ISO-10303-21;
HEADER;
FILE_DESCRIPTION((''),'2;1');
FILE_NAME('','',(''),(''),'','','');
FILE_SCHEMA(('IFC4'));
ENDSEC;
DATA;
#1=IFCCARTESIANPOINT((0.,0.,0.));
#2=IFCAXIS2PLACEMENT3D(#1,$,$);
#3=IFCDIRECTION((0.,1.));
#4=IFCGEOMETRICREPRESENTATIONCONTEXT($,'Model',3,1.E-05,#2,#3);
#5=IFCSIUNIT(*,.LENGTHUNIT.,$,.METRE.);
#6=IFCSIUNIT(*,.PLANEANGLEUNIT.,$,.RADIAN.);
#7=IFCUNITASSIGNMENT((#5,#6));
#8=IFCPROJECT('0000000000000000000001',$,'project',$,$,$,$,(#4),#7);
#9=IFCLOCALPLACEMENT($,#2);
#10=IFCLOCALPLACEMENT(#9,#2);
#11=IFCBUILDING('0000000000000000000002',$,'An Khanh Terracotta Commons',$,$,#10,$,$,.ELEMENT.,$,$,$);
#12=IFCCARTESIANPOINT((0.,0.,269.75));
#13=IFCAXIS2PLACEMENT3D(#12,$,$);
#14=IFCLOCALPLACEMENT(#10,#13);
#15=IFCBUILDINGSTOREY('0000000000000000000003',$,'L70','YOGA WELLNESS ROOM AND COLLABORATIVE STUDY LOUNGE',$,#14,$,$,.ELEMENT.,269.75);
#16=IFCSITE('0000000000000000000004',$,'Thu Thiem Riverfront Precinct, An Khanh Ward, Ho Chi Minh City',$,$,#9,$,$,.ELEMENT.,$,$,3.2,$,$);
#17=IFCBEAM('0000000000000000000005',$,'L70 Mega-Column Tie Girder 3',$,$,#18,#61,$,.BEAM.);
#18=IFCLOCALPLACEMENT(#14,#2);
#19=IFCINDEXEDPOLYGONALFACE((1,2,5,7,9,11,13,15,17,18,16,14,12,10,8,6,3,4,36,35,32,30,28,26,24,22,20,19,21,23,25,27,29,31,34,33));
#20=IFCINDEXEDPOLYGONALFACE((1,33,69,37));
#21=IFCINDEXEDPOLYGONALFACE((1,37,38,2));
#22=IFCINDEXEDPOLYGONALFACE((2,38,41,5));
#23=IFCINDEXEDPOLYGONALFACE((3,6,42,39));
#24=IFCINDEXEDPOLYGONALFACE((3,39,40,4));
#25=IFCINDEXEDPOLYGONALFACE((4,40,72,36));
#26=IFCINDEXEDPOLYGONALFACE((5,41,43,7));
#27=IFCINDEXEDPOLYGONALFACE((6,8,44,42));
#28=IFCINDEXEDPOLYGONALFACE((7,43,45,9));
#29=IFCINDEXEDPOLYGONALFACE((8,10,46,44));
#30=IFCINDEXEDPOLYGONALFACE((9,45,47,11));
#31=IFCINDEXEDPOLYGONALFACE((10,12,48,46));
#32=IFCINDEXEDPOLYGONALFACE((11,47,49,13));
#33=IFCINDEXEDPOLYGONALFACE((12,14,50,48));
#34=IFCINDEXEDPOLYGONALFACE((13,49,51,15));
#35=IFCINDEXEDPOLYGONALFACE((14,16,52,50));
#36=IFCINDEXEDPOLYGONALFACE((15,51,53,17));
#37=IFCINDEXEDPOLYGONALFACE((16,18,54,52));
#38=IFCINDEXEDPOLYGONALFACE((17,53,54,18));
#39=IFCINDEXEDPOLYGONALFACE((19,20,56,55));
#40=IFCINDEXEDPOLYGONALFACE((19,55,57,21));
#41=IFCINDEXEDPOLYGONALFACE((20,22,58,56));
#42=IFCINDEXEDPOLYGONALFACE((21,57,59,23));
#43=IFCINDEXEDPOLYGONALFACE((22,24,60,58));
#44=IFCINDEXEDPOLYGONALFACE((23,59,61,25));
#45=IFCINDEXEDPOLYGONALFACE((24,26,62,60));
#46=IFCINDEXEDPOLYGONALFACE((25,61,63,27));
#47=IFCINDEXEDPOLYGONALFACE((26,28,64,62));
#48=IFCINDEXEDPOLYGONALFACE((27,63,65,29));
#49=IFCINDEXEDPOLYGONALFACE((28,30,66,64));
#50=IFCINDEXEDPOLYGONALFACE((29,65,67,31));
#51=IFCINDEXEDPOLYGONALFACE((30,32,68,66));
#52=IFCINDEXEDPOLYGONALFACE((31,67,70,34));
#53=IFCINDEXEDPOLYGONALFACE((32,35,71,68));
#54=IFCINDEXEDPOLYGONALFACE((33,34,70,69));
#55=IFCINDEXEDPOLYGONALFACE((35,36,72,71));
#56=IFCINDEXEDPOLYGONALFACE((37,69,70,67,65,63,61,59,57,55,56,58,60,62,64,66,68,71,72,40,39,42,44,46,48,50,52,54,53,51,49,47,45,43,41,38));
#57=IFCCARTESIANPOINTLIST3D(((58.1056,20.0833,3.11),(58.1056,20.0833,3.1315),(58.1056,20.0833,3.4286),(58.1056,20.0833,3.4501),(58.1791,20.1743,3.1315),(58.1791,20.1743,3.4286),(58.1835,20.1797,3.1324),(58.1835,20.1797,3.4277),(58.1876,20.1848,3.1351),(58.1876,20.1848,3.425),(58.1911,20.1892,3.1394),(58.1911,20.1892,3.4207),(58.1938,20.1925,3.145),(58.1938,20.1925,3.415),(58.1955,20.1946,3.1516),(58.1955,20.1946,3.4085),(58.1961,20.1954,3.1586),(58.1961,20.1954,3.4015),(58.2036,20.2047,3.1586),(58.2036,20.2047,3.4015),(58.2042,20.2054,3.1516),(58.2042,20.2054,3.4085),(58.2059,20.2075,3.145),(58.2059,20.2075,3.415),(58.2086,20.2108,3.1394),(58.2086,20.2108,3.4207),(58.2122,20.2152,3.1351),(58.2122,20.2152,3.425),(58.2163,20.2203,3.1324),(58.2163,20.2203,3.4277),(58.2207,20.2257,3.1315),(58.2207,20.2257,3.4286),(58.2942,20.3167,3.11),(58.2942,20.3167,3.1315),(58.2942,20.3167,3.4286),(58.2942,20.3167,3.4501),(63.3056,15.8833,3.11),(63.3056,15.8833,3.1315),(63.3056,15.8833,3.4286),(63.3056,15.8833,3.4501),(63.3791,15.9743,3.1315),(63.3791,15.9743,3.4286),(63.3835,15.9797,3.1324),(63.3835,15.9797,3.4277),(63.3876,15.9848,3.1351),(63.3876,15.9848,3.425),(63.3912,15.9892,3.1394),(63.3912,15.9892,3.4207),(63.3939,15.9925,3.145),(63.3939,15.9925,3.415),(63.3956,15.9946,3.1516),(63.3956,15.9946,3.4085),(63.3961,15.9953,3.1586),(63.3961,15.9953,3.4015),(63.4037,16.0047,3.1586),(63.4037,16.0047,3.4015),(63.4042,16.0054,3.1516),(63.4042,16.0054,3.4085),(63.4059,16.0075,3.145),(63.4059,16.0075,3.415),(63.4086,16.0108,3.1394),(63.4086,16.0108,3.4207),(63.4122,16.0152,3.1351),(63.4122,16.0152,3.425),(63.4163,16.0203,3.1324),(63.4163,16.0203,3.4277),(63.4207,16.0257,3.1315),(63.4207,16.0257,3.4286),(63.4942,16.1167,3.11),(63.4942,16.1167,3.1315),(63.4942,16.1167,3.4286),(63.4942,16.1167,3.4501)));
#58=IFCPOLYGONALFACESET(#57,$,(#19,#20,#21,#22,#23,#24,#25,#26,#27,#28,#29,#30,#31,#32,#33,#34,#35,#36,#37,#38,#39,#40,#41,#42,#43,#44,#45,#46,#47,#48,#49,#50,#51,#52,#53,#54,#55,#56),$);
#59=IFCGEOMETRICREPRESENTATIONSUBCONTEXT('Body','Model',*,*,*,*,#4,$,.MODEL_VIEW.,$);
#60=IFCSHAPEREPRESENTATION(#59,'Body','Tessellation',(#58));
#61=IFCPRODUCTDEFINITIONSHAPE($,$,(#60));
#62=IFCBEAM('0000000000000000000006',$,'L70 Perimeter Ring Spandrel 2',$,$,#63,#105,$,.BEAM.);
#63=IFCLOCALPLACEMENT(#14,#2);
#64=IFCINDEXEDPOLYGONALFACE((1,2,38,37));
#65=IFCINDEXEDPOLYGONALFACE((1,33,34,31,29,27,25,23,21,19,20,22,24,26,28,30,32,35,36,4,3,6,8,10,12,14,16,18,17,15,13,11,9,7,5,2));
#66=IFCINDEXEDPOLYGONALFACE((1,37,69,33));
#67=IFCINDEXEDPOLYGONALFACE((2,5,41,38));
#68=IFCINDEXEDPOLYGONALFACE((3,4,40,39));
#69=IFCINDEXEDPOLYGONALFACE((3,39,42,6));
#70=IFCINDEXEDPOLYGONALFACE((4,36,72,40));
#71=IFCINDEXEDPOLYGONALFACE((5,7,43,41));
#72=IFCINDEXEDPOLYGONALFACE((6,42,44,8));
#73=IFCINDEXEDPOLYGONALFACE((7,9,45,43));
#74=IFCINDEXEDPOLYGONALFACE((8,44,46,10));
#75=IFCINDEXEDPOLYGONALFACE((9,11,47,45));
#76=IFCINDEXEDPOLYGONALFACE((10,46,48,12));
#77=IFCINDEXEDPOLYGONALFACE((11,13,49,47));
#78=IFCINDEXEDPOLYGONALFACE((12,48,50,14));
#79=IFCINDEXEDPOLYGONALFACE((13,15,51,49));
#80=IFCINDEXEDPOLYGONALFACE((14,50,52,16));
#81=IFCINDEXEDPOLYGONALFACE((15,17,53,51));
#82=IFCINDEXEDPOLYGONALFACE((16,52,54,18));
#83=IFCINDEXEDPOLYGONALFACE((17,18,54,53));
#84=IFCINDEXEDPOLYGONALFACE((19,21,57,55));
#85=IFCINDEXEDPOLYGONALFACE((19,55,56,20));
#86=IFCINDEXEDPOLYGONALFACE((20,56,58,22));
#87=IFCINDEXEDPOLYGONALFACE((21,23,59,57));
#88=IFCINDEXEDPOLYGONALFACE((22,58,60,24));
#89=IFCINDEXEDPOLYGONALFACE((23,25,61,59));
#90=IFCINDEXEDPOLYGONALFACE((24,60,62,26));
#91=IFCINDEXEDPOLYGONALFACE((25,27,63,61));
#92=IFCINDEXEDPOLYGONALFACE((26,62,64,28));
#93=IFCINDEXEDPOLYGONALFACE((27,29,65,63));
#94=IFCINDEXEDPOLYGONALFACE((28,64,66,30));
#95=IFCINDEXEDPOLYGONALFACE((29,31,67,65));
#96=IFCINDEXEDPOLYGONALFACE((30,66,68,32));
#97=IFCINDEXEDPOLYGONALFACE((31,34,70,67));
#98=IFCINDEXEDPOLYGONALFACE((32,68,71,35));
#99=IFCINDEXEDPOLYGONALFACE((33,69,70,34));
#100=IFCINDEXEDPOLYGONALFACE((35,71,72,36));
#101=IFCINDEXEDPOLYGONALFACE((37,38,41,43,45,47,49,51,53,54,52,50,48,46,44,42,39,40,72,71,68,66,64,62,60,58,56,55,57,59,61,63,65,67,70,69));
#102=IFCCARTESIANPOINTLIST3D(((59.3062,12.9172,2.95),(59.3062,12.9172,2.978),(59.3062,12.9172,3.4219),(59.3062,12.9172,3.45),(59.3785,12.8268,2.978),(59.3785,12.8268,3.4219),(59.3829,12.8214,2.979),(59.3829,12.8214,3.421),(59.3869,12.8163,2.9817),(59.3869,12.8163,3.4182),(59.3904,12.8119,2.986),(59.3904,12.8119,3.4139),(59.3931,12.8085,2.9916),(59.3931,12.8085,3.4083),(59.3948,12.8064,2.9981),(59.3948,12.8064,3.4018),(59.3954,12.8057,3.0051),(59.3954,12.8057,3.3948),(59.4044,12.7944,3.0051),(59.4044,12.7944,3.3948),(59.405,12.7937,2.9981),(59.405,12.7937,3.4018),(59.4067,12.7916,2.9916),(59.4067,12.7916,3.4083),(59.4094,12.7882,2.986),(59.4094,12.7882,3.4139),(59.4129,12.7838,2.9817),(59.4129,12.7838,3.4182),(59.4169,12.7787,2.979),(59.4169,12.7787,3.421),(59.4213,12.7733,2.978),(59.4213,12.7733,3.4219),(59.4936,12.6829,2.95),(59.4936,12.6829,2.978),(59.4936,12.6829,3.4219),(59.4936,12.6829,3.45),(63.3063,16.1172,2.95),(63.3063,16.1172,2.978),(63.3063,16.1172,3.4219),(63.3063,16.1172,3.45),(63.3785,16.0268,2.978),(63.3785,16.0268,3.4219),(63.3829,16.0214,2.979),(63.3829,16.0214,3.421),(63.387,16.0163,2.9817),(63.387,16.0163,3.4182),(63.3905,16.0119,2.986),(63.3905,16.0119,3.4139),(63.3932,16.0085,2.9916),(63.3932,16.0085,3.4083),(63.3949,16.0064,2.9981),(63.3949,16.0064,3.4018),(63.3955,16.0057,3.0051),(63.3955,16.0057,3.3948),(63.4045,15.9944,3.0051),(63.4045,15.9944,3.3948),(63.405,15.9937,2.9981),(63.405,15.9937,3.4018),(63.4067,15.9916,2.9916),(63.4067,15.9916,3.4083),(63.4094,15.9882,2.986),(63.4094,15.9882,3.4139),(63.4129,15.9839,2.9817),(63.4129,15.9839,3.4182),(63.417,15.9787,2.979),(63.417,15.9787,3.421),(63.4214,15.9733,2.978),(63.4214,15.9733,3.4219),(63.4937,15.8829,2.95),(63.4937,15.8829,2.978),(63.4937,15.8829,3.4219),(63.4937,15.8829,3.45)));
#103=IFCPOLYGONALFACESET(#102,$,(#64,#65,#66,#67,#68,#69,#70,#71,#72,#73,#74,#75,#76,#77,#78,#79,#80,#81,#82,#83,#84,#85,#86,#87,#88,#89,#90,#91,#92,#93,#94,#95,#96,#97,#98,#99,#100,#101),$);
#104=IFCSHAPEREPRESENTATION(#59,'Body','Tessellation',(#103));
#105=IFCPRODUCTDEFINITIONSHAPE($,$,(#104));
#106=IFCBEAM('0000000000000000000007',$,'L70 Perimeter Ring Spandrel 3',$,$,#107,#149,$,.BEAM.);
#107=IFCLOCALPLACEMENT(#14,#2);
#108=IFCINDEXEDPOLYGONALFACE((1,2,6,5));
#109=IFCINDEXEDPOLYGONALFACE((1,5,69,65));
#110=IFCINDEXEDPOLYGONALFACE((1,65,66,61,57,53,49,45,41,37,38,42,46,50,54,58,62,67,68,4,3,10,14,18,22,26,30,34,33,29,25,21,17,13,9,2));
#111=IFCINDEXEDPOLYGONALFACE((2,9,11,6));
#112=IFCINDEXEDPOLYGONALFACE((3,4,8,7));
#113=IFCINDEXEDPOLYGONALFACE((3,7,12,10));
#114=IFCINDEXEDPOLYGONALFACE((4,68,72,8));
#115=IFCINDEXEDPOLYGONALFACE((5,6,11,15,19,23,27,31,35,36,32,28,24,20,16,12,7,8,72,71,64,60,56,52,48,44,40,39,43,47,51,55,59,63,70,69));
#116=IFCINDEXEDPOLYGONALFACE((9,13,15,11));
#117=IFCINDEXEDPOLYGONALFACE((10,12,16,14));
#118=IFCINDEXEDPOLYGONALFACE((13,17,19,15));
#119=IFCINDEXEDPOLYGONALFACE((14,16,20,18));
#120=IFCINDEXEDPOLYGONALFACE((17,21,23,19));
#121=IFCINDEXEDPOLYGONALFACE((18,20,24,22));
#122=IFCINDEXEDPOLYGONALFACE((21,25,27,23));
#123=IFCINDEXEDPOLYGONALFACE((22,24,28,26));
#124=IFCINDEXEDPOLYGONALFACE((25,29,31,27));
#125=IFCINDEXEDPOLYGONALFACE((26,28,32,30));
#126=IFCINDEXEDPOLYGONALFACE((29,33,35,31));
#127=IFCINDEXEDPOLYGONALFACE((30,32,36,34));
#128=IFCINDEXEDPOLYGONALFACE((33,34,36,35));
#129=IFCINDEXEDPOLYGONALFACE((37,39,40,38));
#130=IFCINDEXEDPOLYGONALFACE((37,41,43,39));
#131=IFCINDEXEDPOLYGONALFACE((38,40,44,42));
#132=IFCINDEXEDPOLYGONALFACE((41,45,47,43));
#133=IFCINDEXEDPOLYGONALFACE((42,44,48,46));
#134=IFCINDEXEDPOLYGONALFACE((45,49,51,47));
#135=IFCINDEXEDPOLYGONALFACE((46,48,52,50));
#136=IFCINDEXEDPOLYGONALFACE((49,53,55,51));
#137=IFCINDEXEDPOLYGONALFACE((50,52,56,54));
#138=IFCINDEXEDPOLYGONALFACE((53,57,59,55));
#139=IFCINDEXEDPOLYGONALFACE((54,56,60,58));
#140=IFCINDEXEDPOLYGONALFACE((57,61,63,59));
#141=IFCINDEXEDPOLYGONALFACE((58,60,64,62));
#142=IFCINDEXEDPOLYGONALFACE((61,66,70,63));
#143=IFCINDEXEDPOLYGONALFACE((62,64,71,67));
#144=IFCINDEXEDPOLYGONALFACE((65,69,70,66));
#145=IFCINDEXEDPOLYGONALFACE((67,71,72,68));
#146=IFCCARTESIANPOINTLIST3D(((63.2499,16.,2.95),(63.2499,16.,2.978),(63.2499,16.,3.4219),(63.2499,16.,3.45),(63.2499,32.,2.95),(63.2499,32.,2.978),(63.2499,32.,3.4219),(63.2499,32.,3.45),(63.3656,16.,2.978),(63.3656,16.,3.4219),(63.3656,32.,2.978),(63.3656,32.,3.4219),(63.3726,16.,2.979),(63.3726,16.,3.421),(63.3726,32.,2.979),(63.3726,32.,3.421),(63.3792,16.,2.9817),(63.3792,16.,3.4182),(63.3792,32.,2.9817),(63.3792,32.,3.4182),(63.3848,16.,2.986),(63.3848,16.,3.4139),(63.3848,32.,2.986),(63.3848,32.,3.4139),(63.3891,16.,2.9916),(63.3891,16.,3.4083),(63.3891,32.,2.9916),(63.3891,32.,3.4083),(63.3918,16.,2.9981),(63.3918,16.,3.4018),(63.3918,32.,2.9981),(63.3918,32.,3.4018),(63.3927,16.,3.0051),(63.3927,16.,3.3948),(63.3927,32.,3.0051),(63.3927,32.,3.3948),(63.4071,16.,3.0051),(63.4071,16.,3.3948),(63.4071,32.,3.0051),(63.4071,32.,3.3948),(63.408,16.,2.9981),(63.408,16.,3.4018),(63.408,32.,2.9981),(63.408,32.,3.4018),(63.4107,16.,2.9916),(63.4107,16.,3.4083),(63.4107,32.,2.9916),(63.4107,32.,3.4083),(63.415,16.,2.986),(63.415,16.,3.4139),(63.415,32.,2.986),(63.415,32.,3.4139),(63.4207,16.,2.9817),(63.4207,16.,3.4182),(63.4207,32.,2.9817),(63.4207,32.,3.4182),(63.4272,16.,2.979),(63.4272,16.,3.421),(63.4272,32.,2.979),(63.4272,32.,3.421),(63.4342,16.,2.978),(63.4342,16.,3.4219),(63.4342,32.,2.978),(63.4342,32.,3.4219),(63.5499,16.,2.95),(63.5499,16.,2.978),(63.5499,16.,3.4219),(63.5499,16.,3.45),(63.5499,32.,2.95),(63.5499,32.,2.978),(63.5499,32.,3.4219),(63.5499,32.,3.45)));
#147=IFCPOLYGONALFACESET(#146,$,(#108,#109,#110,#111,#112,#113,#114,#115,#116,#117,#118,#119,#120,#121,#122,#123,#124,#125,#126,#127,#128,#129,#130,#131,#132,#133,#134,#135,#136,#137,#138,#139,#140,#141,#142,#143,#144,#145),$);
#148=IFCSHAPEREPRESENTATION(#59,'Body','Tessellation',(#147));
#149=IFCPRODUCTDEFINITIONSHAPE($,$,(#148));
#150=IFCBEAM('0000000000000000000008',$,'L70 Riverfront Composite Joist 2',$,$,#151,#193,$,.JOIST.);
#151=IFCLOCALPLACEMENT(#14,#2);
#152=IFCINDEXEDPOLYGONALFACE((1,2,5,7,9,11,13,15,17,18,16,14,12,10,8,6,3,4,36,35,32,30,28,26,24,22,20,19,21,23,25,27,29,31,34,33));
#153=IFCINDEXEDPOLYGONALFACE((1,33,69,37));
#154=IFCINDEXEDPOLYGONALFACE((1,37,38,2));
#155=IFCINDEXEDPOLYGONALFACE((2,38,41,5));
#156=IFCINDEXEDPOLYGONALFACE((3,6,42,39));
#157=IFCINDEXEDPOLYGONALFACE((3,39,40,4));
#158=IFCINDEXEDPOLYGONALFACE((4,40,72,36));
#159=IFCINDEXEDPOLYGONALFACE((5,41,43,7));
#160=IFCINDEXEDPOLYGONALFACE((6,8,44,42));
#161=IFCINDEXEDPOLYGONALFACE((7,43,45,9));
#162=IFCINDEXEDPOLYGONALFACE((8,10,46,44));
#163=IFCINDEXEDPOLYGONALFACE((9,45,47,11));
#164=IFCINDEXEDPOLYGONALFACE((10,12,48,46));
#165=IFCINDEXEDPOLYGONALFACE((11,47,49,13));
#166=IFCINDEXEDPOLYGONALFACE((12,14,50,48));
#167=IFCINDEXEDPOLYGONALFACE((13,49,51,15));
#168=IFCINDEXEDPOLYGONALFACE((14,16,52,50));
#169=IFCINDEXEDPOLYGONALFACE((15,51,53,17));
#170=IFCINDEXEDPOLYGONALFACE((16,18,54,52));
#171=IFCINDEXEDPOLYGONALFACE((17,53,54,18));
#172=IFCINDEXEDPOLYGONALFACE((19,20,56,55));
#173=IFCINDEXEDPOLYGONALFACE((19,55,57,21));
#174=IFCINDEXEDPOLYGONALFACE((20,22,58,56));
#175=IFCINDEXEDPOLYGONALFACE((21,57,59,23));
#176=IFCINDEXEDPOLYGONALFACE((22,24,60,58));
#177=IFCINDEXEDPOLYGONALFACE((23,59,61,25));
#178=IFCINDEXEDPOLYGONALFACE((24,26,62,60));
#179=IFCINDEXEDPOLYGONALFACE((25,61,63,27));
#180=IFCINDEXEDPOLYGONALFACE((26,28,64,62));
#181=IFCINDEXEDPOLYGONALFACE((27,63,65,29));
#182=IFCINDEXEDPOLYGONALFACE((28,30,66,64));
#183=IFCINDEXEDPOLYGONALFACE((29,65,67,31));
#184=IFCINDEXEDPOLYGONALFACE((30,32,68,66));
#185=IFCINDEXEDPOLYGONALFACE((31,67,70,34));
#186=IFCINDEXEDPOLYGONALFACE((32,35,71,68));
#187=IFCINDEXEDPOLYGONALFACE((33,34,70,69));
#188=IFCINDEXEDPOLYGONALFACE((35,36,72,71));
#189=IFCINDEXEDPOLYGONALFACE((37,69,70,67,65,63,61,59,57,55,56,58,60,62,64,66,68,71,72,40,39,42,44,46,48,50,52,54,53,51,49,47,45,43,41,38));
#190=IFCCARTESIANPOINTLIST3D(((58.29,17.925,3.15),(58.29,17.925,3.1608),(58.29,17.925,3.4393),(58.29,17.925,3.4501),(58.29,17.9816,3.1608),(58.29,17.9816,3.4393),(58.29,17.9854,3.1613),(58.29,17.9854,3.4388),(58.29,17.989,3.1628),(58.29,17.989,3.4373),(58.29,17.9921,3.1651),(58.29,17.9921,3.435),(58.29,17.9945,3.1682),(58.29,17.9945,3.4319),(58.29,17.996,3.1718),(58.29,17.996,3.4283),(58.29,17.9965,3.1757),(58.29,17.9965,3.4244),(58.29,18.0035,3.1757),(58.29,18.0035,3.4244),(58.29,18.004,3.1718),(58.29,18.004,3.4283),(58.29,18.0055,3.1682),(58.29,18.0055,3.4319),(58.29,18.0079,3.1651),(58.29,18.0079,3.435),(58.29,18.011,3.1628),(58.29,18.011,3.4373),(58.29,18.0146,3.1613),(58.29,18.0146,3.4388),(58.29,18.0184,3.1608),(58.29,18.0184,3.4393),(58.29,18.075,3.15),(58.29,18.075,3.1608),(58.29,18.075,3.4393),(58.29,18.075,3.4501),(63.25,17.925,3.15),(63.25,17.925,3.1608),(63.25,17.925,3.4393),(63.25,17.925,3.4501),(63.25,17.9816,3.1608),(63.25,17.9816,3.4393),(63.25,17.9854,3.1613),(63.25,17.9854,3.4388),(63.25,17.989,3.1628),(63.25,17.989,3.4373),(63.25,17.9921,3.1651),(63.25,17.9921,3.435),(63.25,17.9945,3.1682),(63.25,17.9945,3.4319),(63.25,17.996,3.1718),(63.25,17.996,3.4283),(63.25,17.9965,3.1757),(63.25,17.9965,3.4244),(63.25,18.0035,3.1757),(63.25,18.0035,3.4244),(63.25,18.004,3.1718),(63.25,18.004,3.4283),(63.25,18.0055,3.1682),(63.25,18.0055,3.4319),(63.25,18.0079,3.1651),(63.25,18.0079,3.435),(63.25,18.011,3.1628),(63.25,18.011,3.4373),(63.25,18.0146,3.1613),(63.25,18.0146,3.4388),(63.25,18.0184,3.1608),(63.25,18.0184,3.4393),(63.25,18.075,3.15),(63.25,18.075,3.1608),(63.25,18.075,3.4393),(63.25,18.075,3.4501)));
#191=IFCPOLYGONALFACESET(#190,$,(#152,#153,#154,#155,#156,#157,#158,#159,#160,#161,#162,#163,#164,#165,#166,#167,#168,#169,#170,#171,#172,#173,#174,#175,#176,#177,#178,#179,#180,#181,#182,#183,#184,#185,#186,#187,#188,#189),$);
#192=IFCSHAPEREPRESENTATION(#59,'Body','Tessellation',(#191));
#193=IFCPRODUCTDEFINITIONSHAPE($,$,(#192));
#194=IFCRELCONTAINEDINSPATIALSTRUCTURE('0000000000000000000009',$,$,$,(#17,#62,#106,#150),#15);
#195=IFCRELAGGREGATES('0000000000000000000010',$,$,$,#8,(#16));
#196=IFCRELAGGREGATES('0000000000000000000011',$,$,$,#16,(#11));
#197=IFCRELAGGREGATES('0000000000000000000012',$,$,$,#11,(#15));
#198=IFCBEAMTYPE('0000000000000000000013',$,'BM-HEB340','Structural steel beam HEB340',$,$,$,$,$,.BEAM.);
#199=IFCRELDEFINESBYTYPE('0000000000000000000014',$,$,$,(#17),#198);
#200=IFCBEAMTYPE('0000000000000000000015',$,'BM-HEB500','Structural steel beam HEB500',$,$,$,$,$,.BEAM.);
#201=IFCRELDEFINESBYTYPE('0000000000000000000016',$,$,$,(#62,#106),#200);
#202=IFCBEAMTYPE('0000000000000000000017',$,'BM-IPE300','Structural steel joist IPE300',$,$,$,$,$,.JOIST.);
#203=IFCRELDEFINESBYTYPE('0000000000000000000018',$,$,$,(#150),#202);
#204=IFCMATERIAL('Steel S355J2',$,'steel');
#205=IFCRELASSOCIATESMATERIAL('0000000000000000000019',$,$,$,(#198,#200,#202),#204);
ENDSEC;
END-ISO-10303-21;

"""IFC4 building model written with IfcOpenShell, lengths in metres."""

from ifc_helpers import new_model, si_unit, direction, frame, origin, origin_2d, place, context, subcontext, project, spatial, i_section, extrude, material, material_profile, profile_set, type_object, element, save


model = new_model("IFC4")

# Units and contexts
model_context = context("Model", 3, precision=1e-05, world=origin(), true_north=direction((0.0, 1.0)))
body_context = subcontext(model_context, "Body", "Model", "MODEL_VIEW")
ifc_project = project(units=[si_unit("LENGTHUNIT", "METRE"), si_unit("PLANEANGLEUNIT", "RADIAN")], contexts=[model_context])

# Site, building, storey
site_placement = place(None, origin())
site = spatial("IfcSite", under=ifc_project, at=site_placement, Name="Thu Thiem Riverfront Precinct, An Khanh Ward, Ho Chi Minh City", CompositionType="ELEMENT", RefElevation=3.2)
building_placement = place(site_placement, origin())
building = spatial("IfcBuilding", under=site, at=building_placement, Name="An Khanh Terracotta Commons", CompositionType="ELEMENT")
storey_placement = place(building_placement, frame((0.0, 0.0, 269.75)))
storey = spatial("IfcBuildingStorey", under=building, at=storey_placement, Name="L70", Description="YOGA WELLNESS ROOM AND COLLABORATIVE STUDY LOUNGE", CompositionType="ELEMENT", Elevation=269.75)

# Beams
ifc_material_1 = material(Name="Steel S355J2", Category="steel")
ifc_material_profile_1 = material_profile(ifc_material_1, i_section(OverallWidth=0.3, OverallDepth=0.3401, WebThickness=0.012, FlangeThickness=0.0215, FilletRadius=0.0271, at=origin_2d()), Name="HEB340")
ifc_profile_set_1 = profile_set([ifc_material_profile_1], Name="Steel S355J2")
beam_type_1 = type_object("IfcBeamType", Name="BM-HEB340", Description="Structural steel beam HEB340", PredefinedType="BEAM", material=ifc_profile_set_1)
beam_1_placement = place(storey_placement, frame((63.3999, 16.0, 3.28), z_axis=(-0.777942, 0.628336, 0.0), x_axis=(-0.628336, -0.777942, 0.0)))
element("IfcBeam", 1, at=beam_1_placement, inside=storey, type_object=beam_type_1, Name="L70 Mega-Column Tie Girder 3", PredefinedType="BEAM", context=body_context, shape_type="SweptSolid", body=[
    extrude(i_section(OverallWidth=0.3, OverallDepth=0.3401, WebThickness=0.012, FlangeThickness=0.0215, FilletRadius=0.0271, at=origin_2d()), origin(), (0.0, 0.0, 1.0), 6.6843),
])
ifc_material_profile_2 = material_profile(ifc_material_1, i_section(OverallWidth=0.3, OverallDepth=0.5, WebThickness=0.0144, FlangeThickness=0.0281, FilletRadius=0.0271, at=origin_2d()), Name="HEB500")
ifc_profile_set_2 = profile_set([ifc_material_profile_2], Name="Steel S355J2")
beam_type_2 = type_object("IfcBeamType", Name="BM-HEB500", Description="Structural steel beam HEB500", PredefinedType="BEAM", material=ifc_profile_set_2)
beam_2_placement = place(storey_placement, frame((59.3999, 12.8, 3.2), z_axis=(0.780873, 0.624689, 0.0), x_axis=(-0.624689, 0.780873, 0.0)))
element("IfcBeam", 2, at=beam_2_placement, inside=storey, type_object=beam_type_2, Name="L70 Perimeter Ring Spandrel 2", PredefinedType="BEAM", context=body_context, shape_type="SweptSolid", body=[
    extrude(i_section(OverallWidth=0.3, OverallDepth=0.5, WebThickness=0.0144, FlangeThickness=0.0281, FilletRadius=0.0271, at=origin_2d()), origin(), (0.0, 0.0, 1.0), 5.1226),
])
beam_3_placement = place(storey_placement, frame((63.3999, 16.0, 3.2), z_axis=(0.0, 1.0, 0.0), x_axis=(-1.0, 0.0, 0.0)))
element("IfcBeam", 3, at=beam_3_placement, inside=storey, type_object=beam_type_2, Name="L70 Perimeter Ring Spandrel 3", PredefinedType="BEAM", context=body_context, shape_type="SweptSolid", body=[
    extrude(i_section(OverallWidth=0.3, OverallDepth=0.5, WebThickness=0.0144, FlangeThickness=0.0281, FilletRadius=0.0271, at=origin_2d()), origin(), (0.0, 0.0, 1.0), 16.0),
])
ifc_material_profile_3 = material_profile(ifc_material_1, i_section(OverallWidth=0.1499, OverallDepth=0.3, WebThickness=0.0071, FlangeThickness=0.0107, FilletRadius=0.0149, at=origin_2d()), Name="IPE300")
ifc_profile_set_3 = profile_set([ifc_material_profile_3], Name="Steel S355J2")
beam_type_3 = type_object("IfcBeamType", Name="BM-IPE300", Description="Structural steel joist IPE300", PredefinedType="JOIST", material=ifc_profile_set_3)
for number, where, z_axis, x_axis, name in (
    (4, (58.29, 18.0, 3.3), (1.0, 0.0, 0.0), (0.0, 1.0, 0.0), "L70 Riverfront Composite Joist 2"),
):
    element("IfcBeam", number, at=place(storey_placement, frame(where, z_axis=z_axis, x_axis=x_axis)), inside=storey, type_object=beam_type_3, Name=name, PredefinedType="JOIST", context=body_context, shape_type="SweptSolid", body=[
        extrude(i_section(OverallWidth=0.1499, OverallDepth=0.3, WebThickness=0.0071, FlangeThickness=0.0107, FilletRadius=0.0149, at=origin_2d()), origin(), (0.0, 0.0, 1.0), 4.96),
    ])

save(model, "model.ifc")
